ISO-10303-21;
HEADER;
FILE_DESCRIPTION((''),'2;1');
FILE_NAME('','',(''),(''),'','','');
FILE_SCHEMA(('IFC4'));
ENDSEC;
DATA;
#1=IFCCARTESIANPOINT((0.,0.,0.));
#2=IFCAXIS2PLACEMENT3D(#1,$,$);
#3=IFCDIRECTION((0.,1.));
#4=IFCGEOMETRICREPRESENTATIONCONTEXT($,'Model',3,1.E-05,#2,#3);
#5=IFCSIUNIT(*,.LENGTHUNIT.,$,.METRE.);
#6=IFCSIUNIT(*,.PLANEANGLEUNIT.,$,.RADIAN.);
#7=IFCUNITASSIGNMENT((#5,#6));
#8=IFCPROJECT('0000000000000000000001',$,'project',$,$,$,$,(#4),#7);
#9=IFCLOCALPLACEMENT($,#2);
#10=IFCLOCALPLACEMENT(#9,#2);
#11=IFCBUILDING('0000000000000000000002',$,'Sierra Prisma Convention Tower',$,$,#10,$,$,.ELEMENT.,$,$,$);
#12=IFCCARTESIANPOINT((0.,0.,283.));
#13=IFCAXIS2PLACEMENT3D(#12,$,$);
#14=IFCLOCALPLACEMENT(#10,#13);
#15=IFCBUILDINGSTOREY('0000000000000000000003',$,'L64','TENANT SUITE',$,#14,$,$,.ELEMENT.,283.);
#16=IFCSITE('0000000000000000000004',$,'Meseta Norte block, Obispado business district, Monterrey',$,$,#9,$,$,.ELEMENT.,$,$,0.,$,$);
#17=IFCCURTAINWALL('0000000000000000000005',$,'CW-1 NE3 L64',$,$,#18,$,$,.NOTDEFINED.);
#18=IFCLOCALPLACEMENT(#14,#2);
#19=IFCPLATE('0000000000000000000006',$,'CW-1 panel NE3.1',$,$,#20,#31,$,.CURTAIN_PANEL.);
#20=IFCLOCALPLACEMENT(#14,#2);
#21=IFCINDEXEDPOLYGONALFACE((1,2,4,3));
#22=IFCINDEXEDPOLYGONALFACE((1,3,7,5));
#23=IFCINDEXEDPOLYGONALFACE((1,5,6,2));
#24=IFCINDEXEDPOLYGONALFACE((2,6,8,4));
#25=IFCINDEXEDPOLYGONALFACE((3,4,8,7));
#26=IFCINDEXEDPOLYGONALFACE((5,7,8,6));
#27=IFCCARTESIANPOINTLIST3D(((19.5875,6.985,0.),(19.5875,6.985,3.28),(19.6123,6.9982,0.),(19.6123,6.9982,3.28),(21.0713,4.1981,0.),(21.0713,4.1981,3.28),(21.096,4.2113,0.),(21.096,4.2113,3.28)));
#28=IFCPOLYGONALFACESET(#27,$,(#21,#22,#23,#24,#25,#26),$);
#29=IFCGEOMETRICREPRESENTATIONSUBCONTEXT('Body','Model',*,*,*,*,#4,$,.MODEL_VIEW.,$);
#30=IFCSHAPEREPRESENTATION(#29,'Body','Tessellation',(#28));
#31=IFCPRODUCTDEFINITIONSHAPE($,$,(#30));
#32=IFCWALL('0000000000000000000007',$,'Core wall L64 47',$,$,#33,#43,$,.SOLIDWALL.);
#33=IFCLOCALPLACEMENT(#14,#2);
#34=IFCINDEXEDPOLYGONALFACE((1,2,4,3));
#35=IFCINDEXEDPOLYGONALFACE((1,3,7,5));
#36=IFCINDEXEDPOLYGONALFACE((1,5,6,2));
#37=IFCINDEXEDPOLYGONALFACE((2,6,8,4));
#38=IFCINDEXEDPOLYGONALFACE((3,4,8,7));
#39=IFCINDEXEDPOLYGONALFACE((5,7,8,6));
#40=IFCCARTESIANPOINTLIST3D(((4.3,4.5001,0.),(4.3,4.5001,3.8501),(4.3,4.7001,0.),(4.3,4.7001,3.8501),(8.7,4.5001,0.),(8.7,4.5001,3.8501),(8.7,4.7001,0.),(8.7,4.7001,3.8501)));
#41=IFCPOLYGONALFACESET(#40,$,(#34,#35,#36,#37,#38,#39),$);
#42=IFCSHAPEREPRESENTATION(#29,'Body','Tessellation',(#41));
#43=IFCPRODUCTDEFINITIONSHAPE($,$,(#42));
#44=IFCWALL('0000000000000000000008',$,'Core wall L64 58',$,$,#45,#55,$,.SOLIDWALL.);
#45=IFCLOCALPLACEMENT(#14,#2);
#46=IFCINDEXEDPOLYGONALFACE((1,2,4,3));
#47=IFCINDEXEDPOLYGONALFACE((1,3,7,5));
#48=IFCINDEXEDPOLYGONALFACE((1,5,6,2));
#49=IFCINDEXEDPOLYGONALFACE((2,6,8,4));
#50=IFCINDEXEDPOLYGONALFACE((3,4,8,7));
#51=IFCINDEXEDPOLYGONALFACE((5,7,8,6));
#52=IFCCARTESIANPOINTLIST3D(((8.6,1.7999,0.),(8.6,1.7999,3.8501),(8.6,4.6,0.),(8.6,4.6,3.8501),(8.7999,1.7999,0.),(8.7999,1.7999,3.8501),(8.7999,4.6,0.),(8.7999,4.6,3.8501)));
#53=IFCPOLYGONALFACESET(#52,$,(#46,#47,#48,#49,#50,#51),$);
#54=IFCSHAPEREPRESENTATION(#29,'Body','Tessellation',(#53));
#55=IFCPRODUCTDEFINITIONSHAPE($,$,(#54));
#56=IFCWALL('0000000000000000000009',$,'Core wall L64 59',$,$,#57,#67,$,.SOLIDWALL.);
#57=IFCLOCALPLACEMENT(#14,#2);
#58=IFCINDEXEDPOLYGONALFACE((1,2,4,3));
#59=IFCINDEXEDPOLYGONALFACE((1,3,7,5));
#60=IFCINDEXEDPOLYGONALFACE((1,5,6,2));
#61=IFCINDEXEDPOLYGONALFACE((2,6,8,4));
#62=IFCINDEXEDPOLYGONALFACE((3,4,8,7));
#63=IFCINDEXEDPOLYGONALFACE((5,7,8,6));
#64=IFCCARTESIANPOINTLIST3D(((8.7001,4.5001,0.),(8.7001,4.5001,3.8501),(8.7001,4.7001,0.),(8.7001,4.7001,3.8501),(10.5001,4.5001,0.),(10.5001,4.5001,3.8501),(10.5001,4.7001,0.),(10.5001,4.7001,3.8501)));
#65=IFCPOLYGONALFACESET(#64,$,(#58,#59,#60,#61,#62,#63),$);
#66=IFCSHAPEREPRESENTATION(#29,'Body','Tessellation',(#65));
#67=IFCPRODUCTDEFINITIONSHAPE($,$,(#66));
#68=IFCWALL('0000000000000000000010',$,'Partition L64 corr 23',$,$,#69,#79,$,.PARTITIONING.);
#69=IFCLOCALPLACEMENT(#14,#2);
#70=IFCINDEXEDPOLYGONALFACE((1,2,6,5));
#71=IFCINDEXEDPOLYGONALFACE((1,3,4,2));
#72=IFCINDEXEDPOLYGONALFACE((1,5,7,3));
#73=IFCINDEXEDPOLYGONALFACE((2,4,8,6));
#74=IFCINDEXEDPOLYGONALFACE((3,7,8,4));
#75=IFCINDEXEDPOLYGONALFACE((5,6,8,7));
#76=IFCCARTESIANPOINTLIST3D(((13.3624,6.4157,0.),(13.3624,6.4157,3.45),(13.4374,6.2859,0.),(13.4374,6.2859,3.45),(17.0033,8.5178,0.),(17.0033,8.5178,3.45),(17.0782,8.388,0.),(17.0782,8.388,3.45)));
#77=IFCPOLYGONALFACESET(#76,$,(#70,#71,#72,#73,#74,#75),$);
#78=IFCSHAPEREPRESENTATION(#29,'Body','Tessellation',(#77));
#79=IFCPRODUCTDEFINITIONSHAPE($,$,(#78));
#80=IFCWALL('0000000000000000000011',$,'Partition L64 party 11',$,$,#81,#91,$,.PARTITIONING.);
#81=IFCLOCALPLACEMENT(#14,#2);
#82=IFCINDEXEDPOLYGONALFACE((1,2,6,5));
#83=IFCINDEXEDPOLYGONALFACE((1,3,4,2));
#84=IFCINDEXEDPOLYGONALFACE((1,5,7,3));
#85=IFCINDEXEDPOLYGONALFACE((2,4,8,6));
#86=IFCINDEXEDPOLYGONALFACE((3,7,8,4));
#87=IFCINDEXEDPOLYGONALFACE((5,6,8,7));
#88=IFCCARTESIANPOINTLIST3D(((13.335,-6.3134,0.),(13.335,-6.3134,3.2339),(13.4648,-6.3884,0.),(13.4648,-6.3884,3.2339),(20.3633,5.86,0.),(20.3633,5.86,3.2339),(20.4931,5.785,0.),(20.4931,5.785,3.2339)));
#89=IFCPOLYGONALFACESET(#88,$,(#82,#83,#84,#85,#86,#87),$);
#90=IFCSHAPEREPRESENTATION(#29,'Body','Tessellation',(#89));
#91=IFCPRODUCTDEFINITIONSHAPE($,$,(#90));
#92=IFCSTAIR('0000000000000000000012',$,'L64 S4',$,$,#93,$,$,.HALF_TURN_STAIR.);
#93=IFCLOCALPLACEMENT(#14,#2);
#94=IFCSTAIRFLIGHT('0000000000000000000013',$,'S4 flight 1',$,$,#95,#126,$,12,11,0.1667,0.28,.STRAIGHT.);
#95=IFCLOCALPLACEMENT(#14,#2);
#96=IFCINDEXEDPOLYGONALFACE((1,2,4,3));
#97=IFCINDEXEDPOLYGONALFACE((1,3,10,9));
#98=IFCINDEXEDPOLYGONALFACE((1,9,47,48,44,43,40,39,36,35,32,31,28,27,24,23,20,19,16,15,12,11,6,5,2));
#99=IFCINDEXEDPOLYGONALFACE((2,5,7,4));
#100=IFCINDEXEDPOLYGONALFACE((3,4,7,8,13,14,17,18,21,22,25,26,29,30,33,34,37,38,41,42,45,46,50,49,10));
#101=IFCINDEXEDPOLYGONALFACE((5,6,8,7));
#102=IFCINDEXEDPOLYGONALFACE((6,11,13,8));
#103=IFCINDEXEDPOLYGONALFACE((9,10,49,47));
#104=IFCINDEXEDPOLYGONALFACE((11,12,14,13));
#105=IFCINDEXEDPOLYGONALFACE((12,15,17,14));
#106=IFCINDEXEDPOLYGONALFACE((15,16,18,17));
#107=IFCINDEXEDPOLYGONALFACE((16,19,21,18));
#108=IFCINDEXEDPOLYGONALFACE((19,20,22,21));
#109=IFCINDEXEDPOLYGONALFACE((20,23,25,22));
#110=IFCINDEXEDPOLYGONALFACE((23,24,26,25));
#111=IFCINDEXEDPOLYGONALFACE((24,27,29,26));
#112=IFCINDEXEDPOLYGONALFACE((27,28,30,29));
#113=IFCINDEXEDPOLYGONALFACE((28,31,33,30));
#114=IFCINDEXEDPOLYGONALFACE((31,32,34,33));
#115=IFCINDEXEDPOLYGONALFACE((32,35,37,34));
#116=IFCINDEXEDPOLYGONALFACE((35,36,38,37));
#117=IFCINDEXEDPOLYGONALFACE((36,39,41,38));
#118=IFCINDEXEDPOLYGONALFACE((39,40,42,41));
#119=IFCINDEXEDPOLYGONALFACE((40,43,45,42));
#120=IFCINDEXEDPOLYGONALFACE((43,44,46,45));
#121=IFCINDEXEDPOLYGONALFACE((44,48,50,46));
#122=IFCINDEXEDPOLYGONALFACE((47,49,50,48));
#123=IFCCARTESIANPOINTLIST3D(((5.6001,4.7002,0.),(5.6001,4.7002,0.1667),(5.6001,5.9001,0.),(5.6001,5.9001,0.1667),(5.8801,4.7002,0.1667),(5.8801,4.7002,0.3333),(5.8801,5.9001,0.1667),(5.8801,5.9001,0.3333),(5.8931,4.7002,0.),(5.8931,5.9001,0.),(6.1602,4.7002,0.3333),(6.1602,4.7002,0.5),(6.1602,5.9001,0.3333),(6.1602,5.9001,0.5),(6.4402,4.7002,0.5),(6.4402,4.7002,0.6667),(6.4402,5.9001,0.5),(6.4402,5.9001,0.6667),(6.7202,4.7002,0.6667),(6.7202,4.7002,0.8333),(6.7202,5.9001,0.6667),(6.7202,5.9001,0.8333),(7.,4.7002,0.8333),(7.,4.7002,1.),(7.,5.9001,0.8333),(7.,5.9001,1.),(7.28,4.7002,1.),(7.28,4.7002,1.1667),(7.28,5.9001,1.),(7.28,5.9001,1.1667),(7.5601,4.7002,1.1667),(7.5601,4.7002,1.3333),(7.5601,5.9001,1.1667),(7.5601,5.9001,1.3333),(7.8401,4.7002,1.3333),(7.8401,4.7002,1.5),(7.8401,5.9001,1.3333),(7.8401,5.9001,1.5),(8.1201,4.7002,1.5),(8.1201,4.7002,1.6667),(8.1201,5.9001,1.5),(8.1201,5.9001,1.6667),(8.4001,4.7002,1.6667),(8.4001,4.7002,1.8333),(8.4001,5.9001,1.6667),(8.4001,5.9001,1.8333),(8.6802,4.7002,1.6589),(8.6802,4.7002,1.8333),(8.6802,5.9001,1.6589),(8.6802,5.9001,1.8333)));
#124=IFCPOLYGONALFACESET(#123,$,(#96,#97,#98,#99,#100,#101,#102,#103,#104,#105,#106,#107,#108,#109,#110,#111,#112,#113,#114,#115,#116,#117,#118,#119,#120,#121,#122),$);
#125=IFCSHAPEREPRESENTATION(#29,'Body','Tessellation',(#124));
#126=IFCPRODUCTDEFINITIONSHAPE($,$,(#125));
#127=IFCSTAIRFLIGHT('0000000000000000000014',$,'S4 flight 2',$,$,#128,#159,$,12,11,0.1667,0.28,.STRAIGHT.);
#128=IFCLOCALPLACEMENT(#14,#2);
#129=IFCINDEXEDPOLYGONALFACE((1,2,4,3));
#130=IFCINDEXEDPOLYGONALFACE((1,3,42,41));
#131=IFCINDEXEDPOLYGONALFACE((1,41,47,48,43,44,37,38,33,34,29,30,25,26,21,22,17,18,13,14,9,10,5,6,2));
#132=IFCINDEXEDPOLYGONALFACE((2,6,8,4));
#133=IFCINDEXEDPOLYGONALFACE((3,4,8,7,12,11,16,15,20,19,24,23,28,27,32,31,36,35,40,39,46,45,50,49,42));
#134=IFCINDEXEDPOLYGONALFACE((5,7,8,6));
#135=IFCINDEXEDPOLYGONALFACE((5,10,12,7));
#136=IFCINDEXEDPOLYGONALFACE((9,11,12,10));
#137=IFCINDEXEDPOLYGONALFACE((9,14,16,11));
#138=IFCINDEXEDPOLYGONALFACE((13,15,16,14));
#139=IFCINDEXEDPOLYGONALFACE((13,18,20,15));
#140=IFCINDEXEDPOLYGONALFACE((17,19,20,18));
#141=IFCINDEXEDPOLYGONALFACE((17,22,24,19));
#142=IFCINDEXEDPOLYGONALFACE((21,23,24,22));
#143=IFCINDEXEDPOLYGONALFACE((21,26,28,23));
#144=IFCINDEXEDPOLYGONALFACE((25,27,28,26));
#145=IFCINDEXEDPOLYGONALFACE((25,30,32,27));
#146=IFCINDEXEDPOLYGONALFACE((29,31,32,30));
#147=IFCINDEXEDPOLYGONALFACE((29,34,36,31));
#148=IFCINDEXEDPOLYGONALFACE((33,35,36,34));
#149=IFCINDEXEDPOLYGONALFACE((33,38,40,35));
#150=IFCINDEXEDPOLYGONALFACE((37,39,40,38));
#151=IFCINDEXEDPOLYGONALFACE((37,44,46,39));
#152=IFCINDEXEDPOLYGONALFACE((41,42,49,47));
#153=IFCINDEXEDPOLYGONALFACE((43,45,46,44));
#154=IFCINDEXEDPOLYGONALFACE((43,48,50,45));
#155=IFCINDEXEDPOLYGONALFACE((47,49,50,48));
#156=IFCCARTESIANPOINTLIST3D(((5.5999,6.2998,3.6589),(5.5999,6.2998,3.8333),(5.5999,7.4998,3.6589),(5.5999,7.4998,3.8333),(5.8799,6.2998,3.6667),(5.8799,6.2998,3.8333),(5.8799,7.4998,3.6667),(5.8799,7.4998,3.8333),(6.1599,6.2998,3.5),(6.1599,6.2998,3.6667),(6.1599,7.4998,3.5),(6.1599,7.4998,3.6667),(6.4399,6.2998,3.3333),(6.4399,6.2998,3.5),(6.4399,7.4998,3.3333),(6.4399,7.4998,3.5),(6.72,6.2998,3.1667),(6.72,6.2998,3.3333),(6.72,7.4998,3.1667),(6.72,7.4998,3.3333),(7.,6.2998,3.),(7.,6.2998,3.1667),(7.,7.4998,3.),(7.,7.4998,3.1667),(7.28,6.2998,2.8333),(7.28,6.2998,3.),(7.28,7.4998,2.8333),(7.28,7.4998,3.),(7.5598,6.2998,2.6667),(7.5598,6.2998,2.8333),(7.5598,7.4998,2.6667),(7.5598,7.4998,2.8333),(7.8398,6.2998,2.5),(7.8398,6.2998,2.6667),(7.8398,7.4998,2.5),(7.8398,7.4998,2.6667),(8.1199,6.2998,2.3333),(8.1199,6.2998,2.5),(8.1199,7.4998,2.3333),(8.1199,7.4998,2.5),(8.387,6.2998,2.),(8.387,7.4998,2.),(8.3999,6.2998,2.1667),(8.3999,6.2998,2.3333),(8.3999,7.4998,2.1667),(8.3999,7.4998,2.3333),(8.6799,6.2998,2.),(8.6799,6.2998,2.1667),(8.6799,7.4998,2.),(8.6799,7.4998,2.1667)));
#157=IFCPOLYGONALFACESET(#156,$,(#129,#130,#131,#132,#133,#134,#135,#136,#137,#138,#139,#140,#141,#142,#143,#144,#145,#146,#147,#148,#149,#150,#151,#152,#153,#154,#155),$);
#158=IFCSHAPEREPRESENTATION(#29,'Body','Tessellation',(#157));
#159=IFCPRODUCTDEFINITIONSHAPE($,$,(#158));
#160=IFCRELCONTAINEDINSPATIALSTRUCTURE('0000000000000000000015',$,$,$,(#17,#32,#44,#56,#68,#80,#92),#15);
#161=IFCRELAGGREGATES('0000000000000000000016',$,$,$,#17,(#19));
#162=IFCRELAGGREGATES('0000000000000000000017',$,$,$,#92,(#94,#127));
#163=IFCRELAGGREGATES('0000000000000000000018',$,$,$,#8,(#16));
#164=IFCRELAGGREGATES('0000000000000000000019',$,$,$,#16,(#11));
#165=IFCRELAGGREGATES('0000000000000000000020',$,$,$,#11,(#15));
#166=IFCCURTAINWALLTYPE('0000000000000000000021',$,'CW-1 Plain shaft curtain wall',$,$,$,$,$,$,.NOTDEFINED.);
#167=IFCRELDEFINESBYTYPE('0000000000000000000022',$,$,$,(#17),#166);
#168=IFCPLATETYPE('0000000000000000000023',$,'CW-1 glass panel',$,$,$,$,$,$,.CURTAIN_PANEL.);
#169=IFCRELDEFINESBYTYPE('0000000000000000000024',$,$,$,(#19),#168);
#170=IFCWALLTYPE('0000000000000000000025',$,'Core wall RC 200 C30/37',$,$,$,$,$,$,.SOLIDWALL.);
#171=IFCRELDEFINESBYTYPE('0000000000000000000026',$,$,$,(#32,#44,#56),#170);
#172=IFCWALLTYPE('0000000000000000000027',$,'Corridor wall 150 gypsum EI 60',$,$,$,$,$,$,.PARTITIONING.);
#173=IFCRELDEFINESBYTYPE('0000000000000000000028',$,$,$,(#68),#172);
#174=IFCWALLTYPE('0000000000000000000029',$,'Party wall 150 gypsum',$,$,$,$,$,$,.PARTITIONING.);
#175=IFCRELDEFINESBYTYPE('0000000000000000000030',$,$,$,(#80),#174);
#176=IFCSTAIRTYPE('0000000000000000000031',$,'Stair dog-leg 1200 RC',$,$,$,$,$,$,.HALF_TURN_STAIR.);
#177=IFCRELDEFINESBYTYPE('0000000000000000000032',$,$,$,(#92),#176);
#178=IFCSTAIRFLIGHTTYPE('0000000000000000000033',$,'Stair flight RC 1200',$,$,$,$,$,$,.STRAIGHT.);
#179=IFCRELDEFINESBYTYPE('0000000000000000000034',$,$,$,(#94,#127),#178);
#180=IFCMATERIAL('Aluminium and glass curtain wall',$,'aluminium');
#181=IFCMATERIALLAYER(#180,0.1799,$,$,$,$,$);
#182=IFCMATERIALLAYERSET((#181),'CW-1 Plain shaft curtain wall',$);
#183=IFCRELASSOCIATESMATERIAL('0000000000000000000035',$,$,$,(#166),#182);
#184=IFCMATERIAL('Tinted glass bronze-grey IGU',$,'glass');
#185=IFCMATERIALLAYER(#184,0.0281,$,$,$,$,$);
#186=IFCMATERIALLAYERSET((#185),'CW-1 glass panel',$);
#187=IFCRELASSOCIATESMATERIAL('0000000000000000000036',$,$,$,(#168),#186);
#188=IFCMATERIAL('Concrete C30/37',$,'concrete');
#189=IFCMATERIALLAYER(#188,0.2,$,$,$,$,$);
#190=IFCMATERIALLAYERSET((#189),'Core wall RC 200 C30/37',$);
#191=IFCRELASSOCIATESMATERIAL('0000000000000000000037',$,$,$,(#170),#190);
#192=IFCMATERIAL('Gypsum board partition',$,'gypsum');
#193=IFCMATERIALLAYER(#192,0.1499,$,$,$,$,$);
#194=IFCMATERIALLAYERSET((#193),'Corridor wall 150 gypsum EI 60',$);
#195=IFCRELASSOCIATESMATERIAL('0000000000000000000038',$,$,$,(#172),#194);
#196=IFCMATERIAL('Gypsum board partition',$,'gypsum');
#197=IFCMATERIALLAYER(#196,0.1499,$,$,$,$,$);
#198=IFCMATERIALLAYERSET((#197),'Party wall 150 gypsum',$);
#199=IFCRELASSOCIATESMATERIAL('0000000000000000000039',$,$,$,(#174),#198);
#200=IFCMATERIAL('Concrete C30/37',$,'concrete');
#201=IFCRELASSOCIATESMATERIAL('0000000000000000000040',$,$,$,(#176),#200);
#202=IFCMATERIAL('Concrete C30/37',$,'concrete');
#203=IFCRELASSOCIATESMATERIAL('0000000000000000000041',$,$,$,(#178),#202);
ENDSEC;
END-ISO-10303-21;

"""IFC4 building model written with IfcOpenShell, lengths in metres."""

from ifc_helpers import new_model, si_unit, direction, frame, frame_2d, origin, origin_2d, place, context, subcontext, project, spatial, polyline, rectangle, outline, extrude, material, layer, layer_set, type_object, element, aggregate, save


model = new_model("IFC4")

# Units and contexts
model_context = context("Model", 3, precision=1e-05, world=origin(), true_north=direction((0.0, 1.0)))
body_context = subcontext(model_context, "Body", "Model", "MODEL_VIEW")
ifc_project = project(units=[si_unit("LENGTHUNIT", "METRE"), si_unit("PLANEANGLEUNIT", "RADIAN")], contexts=[model_context])

# Site, building, storey
site_placement = place(None, origin())
site = spatial("IfcSite", under=ifc_project, at=site_placement, Name="Meseta Norte block, Obispado business district, Monterrey", CompositionType="ELEMENT", RefElevation=0.0)
building_placement = place(site_placement, origin())
building = spatial("IfcBuilding", under=site, at=building_placement, Name="Sierra Prisma Convention Tower", CompositionType="ELEMENT")
storey_placement = place(building_placement, frame((0.0, 0.0, 283.0)))
storey = spatial("IfcBuildingStorey", under=building, at=storey_placement, Name="L64", Description="TENANT SUITE", CompositionType="ELEMENT", Elevation=283.0)

# Shared definitions
ifc_material_1 = material(Name="Aluminium and glass curtain wall", Category="aluminium")
ifc_layer_1 = layer(ifc_material_1, 0.1799)
ifc_layer_set_1 = layer_set([ifc_layer_1], Name="CW-1 Plain shaft curtain wall")
curtain_wall_type = type_object("IfcCurtainWallType", Name="CW-1 Plain shaft curtain wall", PredefinedType="NOTDEFINED", material=ifc_layer_set_1)

# Curtain wall
curtain_wall_1_placement = place(storey_placement, origin())
curtain_wall_1 = element("IfcCurtainWall", 1, at=curtain_wall_1_placement, inside=storey, type_object=curtain_wall_type, Name="CW-1 NE3 L64", PredefinedType="NOTDEFINED")

# Plate
ifc_material_2 = material(Name="Tinted glass bronze-grey IGU", Category="glass")
ifc_layer_2 = layer(ifc_material_2, 0.0281)
ifc_layer_set_2 = layer_set([ifc_layer_2], Name="CW-1 glass panel")
plate_type = type_object("IfcPlateType", Name="CW-1 glass panel", PredefinedType="CURTAIN_PANEL", material=ifc_layer_set_2)
plate_1_placement = place(storey_placement, frame((20.3418, 5.5981, 0.0), z_axis=(0.0, 0.0, 1.0), x_axis=(-0.469945, 0.882696, 0.0)))
plate_1 = element("IfcPlate", 2, at=plate_1_placement, type_object=plate_type, Name="CW-1 panel NE3.1", PredefinedType="CURTAIN_PANEL", context=body_context, shape_type="SweptSolid", body=[
    extrude(rectangle(XDim=3.1572, YDim=0.0281, at=origin_2d()), origin(), (0.0, 0.0, 1.0), 3.28),
])
aggregate(curtain_wall_1, [plate_1])

# Wall
ifc_material_3 = material(Name="Concrete C30/37", Category="concrete")
ifc_layer_3 = layer(ifc_material_3, 0.2)
ifc_layer_set_3 = layer_set([ifc_layer_3], Name="Core wall RC 200 C30/37")
wall_type_1 = type_object("IfcWallType", Name="Core wall RC 200 C30/37", PredefinedType="SOLIDWALL", material=ifc_layer_set_3)
wall_1_placement = place(storey_placement, frame((8.7, 4.6001, 0.0), z_axis=(0.0, 0.0, 1.0), x_axis=(-1.0, 0.0, 0.0)))
element("IfcWall", 3, at=wall_1_placement, inside=storey, type_object=wall_type_1, Name="Core wall L64 47", PredefinedType="SOLIDWALL", context=body_context, shape_type="SweptSolid", body=[
    extrude(rectangle(XDim=4.3999, YDim=0.2, at=frame_2d((2.2, 0.0))), origin(), (0.0, 0.0, 1.0), 3.8501),
])

# Walls
wall_2_placement = place(storey_placement, frame((8.7, 1.8, 0.0), z_axis=(0.0, 0.0, 1.0), x_axis=(0.0, 1.0, 0.0)))
element("IfcWall", 4, at=wall_2_placement, inside=storey, type_object=wall_type_1, Name="Core wall L64 58", PredefinedType="SOLIDWALL", context=body_context, shape_type="SweptSolid", body=[
    extrude(rectangle(XDim=2.8, YDim=0.2, at=frame_2d((1.3999, 0.0))), origin(), (0.0, 0.0, 1.0), 3.8501),
])
wall_3_placement = place(storey_placement, frame((10.5, 4.6001, 0.0), z_axis=(0.0, 0.0, 1.0), x_axis=(-1.0, 0.0, 0.0)))
element("IfcWall", 5, at=wall_3_placement, inside=storey, type_object=wall_type_1, Name="Core wall L64 59", PredefinedType="SOLIDWALL", context=body_context, shape_type="SweptSolid", body=[
    extrude(rectangle(XDim=1.8, YDim=0.2, at=frame_2d((0.8999, 0.0))), origin(), (0.0, 0.0, 1.0), 3.8501),
])
ifc_material_4 = material(Name="Gypsum board partition", Category="gypsum")
ifc_layer_4 = layer(ifc_material_4, 0.1499)
ifc_layer_set_4 = layer_set([ifc_layer_4], Name="Corridor wall 150 gypsum EI 60")
wall_type_2 = type_object("IfcWallType", Name="Corridor wall 150 gypsum EI 60", PredefinedType="PARTITIONING", material=ifc_layer_set_4)
wall_4_placement = place(storey_placement, frame((13.3999, 6.3508, 0.0), z_axis=(0.0, 0.0, 1.0), x_axis=(0.866026, 0.499999, 0.0)))
element("IfcWall", 6, at=wall_4_placement, inside=storey, type_object=wall_type_2, Name="Partition L64 corr 23", PredefinedType="PARTITIONING", context=body_context, shape_type="SweptSolid", body=[
    extrude(rectangle(XDim=4.2041, YDim=0.1499, at=frame_2d((2.1021, 0.0))), origin(), (0.0, 0.0, 1.0), 3.45),
])
ifc_material_5 = material(Name="Gypsum board partition", Category="gypsum")
ifc_layer_5 = layer(ifc_material_5, 0.1499)
ifc_layer_set_5 = layer_set([ifc_layer_5], Name="Party wall 150 gypsum")
wall_type_3 = type_object("IfcWallType", Name="Party wall 150 gypsum", PredefinedType="PARTITIONING", material=ifc_layer_set_5)
wall_5_placement = place(storey_placement, frame((20.4282, 5.8225, 0.0), z_axis=(0.0, 0.0, 1.0), x_axis=(-0.500002, -0.866024, 0.0)))
element("IfcWall", 7, at=wall_5_placement, inside=storey, type_object=wall_type_3, Name="Partition L64 party 11", PredefinedType="PARTITIONING", context=body_context, shape_type="SweptSolid", body=[
    extrude(rectangle(XDim=14.0566, YDim=0.1499, at=frame_2d((7.0283, 0.0))), origin(), (0.0, 0.0, 1.0), 3.2339),
])

# Stair, stair flights
ifc_material_6 = material(Name="Concrete C30/37", Category="concrete")
stair_type = type_object("IfcStairType", Name="Stair dog-leg 1200 RC", PredefinedType="HALF_TURN_STAIR", material=ifc_material_6)
stair_placement = place(storey_placement, origin())
stair = element("IfcStair", 8, at=stair_placement, inside=storey, type_object=stair_type, Name="L64 S4", PredefinedType="HALF_TURN_STAIR")
ifc_material_7 = material(Name="Concrete C30/37", Category="concrete")
stair_flight_type = type_object("IfcStairFlightType", Name="Stair flight RC 1200", PredefinedType="STRAIGHT", material=ifc_material_7)
stair_flight_1_placement = place(storey_placement, frame((5.6001, 5.3, 0.0), z_axis=(0.0, 0.0, 1.0), x_axis=(1.0, 0.0, 0.0)))
stair_flight_1 = element("IfcStairFlight", 9, at=stair_flight_1_placement, type_object=stair_flight_type, Name="S4 flight 1", NumberOfRisers=12, NumberOfTreads=11, PredefinedType="STRAIGHT", RiserHeight=0.1667, TreadLength=0.28, context=body_context, shape_type="SweptSolid", body=[
    extrude(outline(polyline([(0.0, 0.0), (0.0, 0.1667), (0.28, 0.1667), (0.28, 0.3333), (0.5601, 0.3333), (0.5601, 0.5), (0.8401, 0.5), (0.8401, 0.6667), (1.1201, 0.6667), (1.1201, 0.8333), (1.3999, 0.8333), (1.3999, 1.0), (1.6799, 1.0), (1.6799, 1.1667), (1.96, 1.1667), (1.96, 1.3333), (2.24, 1.3333), (2.24, 1.5), (2.52, 1.5), (2.52, 1.6667), (2.8, 1.6667), (2.8, 1.8333), (3.0801, 1.8333), (3.0801, 2.0), (3.0801, 1.6589), (0.293, 0.0), (0.0, 0.0)])), frame((0.0, 0.6001, 0.0), z_axis=(0.0, -1.0, 0.0), x_axis=(1.0, 0.0, 0.0)), (0.0, 0.0, 1.0), 1.2),
])
stair_flight_2_placement = place(storey_placement, frame((8.6799, 6.8999, 2.0), z_axis=(0.0, 0.0, 1.0), x_axis=(-1.0, 0.0, 0.0)))
stair_flight_2 = element("IfcStairFlight", 10, at=stair_flight_2_placement, type_object=stair_flight_type, Name="S4 flight 2", NumberOfRisers=12, NumberOfTreads=11, PredefinedType="STRAIGHT", RiserHeight=0.1667, TreadLength=0.28, context=body_context, shape_type="SweptSolid", body=[
    extrude(outline(polyline([(0.0, 0.0), (0.0, 0.1667), (0.28, 0.1667), (0.28, 0.3333), (0.5601, 0.3333), (0.5601, 0.5), (0.8401, 0.5), (0.8401, 0.6667), (1.1201, 0.6667), (1.1201, 0.8333), (1.3999, 0.8333), (1.3999, 1.0), (1.6799, 1.0), (1.6799, 1.1667), (1.96, 1.1667), (1.96, 1.3333), (2.24, 1.3333), (2.24, 1.5), (2.52, 1.5), (2.52, 1.6667), (2.8, 1.6667), (2.8, 1.8333), (3.0801, 1.8333), (3.0801, 2.0), (3.0801, 1.6589), (0.293, 0.0), (0.0, 0.0)])), frame((0.0, 0.6001, 0.0), z_axis=(0.0, -1.0, 0.0), x_axis=(1.0, 0.0, 0.0)), (0.0, 0.0, 1.0), 1.2),
])
aggregate(stair, [stair_flight_1, stair_flight_2])

save(model, "model.ifc")
